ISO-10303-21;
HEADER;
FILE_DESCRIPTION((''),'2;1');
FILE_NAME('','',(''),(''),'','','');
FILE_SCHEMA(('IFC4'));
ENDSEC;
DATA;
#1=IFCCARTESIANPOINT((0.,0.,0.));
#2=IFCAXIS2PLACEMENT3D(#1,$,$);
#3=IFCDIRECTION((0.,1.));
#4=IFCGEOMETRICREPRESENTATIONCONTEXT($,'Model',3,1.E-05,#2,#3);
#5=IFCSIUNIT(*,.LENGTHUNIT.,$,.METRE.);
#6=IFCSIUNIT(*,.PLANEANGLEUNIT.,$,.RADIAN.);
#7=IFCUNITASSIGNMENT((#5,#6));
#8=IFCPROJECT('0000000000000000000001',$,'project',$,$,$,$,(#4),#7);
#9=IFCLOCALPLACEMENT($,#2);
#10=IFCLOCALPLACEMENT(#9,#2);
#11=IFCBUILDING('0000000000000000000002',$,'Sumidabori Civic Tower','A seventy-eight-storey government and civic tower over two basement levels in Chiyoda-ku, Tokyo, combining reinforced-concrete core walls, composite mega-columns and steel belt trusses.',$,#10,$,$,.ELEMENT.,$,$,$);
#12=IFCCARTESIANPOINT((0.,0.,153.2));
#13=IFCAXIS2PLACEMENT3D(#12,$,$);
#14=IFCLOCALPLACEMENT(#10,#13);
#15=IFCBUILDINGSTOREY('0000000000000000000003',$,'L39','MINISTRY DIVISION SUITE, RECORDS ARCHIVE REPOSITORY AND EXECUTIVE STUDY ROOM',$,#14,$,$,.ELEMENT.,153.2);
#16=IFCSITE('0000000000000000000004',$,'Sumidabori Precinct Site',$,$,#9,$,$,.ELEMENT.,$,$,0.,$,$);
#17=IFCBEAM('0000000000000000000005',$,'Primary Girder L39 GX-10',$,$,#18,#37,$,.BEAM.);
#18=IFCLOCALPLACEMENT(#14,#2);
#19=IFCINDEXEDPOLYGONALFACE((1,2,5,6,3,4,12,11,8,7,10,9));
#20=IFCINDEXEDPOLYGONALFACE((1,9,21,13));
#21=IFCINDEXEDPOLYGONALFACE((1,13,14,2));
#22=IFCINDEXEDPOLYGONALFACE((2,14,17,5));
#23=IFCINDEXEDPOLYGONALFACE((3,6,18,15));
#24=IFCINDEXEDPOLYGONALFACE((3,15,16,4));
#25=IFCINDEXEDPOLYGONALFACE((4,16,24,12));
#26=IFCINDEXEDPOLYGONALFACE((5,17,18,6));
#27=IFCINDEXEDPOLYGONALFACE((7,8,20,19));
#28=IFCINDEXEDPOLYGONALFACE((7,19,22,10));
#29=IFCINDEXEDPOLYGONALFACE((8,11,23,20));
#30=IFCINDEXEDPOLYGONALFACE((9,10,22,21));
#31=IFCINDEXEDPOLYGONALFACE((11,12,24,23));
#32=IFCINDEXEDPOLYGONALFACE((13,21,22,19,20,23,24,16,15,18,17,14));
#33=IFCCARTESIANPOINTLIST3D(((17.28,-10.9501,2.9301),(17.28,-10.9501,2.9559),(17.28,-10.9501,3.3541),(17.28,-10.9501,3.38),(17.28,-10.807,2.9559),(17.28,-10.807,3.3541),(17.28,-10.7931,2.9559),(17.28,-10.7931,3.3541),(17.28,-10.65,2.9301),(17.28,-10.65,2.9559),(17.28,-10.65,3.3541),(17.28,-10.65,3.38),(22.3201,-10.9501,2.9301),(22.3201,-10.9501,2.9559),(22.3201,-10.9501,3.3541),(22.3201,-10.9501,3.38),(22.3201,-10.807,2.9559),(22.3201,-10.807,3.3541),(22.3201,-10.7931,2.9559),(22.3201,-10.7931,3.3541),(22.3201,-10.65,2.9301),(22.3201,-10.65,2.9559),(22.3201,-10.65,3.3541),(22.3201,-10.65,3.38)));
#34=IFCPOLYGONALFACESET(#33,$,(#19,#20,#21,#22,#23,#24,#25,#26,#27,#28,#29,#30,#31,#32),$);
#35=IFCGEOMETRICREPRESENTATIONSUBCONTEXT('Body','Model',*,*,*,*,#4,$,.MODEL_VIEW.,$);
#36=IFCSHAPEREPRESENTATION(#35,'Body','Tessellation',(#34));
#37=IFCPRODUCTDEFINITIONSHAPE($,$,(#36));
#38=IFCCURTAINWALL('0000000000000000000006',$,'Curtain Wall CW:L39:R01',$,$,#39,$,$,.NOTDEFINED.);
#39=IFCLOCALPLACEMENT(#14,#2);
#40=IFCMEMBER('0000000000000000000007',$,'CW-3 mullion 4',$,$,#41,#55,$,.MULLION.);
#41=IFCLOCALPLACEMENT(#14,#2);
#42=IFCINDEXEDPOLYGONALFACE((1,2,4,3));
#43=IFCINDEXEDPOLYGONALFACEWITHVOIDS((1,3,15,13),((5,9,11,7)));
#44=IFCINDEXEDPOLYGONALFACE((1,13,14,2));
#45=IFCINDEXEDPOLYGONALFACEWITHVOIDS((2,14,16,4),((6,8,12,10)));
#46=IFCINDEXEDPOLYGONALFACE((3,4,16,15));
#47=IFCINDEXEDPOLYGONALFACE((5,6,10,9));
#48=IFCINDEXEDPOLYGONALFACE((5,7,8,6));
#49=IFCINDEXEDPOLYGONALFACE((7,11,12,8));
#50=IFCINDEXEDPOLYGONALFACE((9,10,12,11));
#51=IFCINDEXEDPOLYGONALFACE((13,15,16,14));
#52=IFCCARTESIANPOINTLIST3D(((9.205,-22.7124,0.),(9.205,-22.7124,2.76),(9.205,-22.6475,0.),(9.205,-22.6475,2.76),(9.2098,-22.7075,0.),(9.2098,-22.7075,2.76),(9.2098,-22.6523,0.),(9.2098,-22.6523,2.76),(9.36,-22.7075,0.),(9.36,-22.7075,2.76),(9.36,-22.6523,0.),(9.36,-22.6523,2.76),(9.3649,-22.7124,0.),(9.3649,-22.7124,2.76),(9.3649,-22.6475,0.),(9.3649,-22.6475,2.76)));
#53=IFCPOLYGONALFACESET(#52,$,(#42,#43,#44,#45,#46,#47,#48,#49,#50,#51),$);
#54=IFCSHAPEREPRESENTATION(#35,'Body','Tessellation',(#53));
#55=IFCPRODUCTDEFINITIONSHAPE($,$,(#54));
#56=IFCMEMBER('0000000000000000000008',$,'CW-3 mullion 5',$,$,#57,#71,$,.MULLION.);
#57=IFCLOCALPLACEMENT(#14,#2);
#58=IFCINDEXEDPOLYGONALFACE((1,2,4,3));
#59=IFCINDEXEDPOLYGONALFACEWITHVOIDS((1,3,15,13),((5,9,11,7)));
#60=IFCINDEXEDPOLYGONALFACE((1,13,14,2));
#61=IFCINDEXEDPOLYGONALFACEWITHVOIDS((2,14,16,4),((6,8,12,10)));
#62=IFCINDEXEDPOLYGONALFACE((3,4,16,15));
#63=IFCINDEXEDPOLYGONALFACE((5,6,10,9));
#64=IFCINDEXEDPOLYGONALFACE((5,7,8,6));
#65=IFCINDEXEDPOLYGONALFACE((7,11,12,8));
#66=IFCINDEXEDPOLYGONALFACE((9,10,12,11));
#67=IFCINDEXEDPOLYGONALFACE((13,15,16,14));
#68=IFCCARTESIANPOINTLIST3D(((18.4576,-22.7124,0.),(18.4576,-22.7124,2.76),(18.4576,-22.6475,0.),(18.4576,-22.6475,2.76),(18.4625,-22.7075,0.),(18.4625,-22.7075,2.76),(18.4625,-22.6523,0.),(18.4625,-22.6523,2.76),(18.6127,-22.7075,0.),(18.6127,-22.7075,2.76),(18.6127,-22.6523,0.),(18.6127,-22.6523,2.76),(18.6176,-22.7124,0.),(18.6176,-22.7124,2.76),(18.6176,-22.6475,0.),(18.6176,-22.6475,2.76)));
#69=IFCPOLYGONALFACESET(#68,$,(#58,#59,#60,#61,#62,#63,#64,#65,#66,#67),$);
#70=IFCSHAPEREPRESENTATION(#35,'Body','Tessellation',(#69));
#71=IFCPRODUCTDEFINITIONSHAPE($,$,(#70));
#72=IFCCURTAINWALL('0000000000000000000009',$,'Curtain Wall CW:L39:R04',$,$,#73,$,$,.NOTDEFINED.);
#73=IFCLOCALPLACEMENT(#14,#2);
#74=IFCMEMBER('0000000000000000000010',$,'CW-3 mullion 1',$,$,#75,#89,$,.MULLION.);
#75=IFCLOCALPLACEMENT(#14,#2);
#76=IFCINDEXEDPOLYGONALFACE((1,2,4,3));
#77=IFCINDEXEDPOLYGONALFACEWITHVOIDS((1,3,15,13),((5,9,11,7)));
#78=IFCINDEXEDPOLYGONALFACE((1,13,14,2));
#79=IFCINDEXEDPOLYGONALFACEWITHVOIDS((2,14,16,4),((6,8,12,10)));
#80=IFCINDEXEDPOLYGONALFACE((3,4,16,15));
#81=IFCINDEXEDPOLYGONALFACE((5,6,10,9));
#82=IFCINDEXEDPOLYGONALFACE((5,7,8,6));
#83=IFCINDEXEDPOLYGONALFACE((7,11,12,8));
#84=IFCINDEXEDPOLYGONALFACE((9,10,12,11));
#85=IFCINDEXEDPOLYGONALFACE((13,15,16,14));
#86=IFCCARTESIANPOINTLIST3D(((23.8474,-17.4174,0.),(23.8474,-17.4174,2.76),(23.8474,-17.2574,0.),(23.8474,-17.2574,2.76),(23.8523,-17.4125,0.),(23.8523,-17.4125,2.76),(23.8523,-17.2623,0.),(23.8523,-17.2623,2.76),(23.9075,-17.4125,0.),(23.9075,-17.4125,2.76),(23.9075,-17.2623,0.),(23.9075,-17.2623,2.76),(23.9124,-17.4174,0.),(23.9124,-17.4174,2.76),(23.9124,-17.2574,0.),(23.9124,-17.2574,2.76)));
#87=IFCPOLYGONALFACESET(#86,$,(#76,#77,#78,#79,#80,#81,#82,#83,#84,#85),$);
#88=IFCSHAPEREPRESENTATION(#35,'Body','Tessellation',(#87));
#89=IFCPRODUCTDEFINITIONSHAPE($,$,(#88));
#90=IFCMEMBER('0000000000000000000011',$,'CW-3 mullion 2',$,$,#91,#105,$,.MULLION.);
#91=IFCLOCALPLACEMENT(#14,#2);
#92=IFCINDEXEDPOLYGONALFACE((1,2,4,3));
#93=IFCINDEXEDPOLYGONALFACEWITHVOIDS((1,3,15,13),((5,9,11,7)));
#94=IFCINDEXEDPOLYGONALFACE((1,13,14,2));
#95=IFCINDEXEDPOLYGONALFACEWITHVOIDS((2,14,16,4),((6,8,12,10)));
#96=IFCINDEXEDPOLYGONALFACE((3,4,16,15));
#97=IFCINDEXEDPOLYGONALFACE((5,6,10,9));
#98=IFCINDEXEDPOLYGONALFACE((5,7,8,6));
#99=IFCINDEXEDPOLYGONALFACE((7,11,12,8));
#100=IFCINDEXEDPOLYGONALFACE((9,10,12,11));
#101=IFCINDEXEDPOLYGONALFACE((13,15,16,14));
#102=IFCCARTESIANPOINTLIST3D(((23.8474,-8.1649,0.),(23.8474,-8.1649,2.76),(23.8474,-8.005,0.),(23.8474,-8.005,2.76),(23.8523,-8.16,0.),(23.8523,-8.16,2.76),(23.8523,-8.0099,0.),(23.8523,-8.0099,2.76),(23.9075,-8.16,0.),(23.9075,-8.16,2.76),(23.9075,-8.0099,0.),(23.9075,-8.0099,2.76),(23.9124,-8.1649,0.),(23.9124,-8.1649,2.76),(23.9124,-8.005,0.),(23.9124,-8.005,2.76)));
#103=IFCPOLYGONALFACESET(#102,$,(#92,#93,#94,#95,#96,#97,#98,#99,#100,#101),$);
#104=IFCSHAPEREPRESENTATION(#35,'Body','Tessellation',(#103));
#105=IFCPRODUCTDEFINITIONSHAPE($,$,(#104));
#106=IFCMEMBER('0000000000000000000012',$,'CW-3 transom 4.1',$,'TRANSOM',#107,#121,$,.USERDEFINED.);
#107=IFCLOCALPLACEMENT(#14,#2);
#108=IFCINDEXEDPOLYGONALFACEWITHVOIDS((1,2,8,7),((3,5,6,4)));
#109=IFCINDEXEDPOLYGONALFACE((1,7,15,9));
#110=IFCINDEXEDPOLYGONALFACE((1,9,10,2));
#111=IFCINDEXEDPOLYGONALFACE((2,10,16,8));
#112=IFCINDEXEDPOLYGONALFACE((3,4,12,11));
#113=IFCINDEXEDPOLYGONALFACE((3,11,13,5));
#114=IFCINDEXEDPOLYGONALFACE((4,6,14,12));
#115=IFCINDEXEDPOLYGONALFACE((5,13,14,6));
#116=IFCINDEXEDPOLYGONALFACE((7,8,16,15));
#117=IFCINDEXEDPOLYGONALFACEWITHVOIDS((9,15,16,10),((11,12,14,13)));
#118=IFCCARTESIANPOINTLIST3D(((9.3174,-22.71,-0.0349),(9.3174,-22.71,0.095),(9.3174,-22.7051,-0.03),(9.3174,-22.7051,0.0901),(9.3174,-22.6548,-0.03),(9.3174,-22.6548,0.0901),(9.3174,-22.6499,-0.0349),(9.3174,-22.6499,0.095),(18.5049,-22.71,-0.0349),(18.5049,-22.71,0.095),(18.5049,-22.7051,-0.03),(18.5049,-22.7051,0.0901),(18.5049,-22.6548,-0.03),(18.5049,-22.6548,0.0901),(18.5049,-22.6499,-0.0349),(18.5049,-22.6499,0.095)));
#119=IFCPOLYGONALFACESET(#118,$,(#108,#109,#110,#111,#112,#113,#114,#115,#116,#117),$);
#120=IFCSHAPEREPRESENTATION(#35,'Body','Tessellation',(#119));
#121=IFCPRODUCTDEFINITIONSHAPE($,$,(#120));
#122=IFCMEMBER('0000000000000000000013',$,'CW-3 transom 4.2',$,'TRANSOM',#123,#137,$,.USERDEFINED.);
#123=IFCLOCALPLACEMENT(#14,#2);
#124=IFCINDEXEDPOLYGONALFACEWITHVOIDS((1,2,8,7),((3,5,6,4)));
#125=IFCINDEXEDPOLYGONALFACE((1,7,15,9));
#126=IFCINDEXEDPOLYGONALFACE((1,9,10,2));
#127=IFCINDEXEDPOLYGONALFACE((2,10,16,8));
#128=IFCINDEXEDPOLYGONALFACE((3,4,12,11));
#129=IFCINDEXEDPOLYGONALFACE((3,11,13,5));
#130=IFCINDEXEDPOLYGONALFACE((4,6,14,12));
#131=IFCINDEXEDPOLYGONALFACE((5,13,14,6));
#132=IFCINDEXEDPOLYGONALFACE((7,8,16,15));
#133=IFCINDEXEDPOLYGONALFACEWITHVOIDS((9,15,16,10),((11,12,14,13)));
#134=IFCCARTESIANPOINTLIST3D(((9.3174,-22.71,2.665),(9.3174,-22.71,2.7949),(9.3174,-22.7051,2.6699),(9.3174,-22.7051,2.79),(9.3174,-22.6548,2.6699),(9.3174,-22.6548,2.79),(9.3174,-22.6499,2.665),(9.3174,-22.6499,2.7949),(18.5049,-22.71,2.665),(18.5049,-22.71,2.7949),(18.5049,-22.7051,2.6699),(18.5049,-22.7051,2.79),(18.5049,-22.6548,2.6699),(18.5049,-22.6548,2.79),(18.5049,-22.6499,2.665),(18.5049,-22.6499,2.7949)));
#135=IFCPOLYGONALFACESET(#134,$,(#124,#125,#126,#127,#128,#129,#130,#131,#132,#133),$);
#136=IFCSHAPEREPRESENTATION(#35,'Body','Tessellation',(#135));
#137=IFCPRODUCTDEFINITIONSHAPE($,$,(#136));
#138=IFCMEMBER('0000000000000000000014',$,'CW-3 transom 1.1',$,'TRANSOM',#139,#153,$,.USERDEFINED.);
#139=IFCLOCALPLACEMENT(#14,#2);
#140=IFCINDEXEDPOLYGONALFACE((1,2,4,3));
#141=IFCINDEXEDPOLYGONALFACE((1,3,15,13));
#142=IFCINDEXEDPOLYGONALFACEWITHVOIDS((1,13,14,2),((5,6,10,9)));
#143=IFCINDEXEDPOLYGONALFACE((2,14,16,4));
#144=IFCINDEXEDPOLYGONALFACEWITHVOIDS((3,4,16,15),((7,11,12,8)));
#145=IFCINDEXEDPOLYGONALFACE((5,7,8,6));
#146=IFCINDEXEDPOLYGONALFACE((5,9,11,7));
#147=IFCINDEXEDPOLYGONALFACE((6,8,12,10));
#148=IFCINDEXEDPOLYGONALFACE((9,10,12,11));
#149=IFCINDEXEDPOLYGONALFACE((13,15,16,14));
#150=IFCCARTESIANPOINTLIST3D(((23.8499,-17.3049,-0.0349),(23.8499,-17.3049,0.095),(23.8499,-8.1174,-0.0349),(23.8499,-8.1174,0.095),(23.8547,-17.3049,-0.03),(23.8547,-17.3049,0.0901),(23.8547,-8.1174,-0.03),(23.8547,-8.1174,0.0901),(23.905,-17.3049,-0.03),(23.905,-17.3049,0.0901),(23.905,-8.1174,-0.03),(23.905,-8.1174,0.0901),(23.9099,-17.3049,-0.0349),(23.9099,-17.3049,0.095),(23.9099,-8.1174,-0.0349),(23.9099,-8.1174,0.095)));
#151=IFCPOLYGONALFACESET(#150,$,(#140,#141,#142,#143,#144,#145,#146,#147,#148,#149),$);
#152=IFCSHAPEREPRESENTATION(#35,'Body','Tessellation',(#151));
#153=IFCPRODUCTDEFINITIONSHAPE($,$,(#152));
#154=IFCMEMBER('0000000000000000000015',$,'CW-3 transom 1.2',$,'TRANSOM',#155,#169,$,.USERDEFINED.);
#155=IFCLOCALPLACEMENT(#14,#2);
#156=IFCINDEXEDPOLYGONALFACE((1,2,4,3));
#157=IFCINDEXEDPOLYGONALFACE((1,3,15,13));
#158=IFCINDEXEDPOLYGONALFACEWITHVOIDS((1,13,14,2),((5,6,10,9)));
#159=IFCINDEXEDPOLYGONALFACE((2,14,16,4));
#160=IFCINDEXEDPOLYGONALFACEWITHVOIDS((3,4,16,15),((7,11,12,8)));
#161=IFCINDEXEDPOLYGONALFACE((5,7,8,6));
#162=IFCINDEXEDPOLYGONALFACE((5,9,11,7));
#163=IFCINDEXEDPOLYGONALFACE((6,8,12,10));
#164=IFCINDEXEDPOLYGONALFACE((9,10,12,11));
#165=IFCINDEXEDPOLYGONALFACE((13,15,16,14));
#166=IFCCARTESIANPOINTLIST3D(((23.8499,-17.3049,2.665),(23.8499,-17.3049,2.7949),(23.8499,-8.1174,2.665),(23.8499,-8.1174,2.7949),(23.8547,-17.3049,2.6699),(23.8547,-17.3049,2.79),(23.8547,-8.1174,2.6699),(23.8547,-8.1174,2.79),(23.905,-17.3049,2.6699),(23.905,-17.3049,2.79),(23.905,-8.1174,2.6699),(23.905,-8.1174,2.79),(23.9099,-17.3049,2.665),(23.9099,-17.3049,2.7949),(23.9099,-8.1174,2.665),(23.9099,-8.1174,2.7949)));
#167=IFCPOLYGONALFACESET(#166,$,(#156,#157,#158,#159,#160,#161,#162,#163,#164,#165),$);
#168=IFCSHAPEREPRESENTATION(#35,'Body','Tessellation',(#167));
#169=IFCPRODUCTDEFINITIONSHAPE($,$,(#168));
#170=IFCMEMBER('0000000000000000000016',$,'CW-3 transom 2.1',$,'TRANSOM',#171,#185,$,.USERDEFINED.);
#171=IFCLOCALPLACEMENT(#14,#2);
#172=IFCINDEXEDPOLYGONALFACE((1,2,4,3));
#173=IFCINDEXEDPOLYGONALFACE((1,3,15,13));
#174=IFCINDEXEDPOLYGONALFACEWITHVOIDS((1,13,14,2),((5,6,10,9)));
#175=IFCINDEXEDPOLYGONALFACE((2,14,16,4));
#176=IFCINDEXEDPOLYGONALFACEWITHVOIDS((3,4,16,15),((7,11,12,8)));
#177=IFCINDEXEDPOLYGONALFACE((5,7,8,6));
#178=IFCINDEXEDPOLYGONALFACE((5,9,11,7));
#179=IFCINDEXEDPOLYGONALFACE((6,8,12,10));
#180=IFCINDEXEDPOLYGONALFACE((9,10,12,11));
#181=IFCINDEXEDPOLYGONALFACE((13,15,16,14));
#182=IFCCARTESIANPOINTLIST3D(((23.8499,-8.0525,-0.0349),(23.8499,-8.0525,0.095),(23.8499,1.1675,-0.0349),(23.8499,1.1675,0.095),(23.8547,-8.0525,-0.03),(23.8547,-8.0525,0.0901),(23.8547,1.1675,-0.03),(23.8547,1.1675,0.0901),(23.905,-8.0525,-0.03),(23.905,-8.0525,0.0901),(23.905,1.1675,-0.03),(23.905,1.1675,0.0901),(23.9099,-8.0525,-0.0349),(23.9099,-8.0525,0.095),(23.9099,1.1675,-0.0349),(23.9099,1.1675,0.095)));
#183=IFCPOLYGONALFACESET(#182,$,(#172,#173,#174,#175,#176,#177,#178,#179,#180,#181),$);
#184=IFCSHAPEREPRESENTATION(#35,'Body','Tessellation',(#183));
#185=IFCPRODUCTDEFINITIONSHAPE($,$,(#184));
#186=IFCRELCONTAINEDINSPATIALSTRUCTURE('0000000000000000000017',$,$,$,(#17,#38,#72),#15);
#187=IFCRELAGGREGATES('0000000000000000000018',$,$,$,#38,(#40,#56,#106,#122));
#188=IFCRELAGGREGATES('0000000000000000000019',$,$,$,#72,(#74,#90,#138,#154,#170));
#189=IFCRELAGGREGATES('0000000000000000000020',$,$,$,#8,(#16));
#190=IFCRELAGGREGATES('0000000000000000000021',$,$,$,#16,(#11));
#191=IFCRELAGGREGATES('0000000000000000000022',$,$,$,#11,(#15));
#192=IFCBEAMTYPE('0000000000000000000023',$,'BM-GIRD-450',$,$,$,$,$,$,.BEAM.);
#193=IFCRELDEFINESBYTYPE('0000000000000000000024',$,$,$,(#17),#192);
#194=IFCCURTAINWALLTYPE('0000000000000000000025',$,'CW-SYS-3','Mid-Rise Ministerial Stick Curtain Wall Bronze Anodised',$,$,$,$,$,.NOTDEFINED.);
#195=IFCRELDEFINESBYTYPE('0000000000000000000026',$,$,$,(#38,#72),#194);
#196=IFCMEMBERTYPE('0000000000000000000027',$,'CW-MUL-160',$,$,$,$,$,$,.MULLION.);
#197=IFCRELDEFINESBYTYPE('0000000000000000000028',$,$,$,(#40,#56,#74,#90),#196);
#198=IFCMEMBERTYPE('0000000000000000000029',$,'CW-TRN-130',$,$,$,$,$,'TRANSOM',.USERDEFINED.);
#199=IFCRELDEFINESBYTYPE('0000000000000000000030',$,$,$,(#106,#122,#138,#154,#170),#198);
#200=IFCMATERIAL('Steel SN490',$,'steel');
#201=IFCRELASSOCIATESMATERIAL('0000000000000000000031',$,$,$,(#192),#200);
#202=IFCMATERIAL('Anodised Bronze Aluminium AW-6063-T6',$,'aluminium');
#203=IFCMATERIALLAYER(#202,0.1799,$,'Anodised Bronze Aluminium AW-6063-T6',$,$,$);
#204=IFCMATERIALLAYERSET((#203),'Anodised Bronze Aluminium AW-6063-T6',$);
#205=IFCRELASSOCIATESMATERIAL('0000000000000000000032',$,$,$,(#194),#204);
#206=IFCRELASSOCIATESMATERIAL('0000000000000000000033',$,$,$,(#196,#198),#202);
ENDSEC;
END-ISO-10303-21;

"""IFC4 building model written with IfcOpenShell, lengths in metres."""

from ifc_helpers import new_model, si_unit, direction, frame, origin, origin_2d, place, context, subcontext, project, spatial, hollow_rectangle, i_section, extrude, source, transform, mapped, material, layer, layer_set, material_profile, profile_set, type_object, element, aggregate, save


model = new_model("IFC4")

# Units and contexts
model_context = context("Model", 3, precision=1e-05, world=origin(), true_north=direction((0.0, 1.0)))
body_context = subcontext(model_context, "Body", "Model", "MODEL_VIEW")
ifc_project = project(units=[si_unit("LENGTHUNIT", "METRE"), si_unit("PLANEANGLEUNIT", "RADIAN")], contexts=[model_context])

# Site, building, storey
site_placement = place(None, origin())
site = spatial("IfcSite", under=ifc_project, at=site_placement, Name="Sumidabori Precinct Site", CompositionType="ELEMENT", RefElevation=0.0)
building_placement = place(site_placement, origin())
building = spatial("IfcBuilding", under=site, at=building_placement, Name="Sumidabori Civic Tower", Description="A seventy-eight-storey government and civic tower over two basement levels in Chiyoda-ku, Tokyo, combining reinforced-concrete core walls, composite mega-columns and steel belt trusses.", CompositionType="ELEMENT")
storey_placement = place(building_placement, frame((0.0, 0.0, 153.2)))
storey = spatial("IfcBuildingStorey", under=building, at=storey_placement, Name="L39", Description="MINISTRY DIVISION SUITE, RECORDS ARCHIVE REPOSITORY AND EXECUTIVE STUDY ROOM", CompositionType="ELEMENT", Elevation=153.2)

# Beam
ifc_material_1 = material(Name="Steel SN490", Category="steel")
ifc_material_profile_1 = material_profile(ifc_material_1, i_section(OverallWidth=0.3, OverallDepth=0.45, WebThickness=0.0139, FlangeThickness=0.0259, at=origin_2d()), Name="HE 450 B")
ifc_profile_set_1 = profile_set([ifc_material_profile_1], Name="Steel SN490")
beam_type_1 = type_object("IfcBeamType", Name="BM-GIRD-450", PredefinedType="BEAM", material=ifc_profile_set_1)
shared_shape_1 = source(origin(), body_context, "Body", "SweptSolid", [
    extrude(i_section(OverallWidth=0.3, OverallDepth=0.45, WebThickness=0.0139, FlangeThickness=0.0259, at=origin_2d()), origin(), (0.0, 0.0, 1.0), 5.04),
])
beam_1_placement = place(storey_placement, frame((17.28, -10.8, 3.155), z_axis=(1.0, 0.0, 0.0), x_axis=(0.0, 1.0, 0.0)))
element("IfcBeam", 1, at=beam_1_placement, inside=storey, type_object=beam_type_1, Name="Primary Girder L39 GX-10", PredefinedType="BEAM", context=body_context, shape_type="MappedRepresentation", body=[
    mapped(shared_shape_1, transform((0.0, 0.0, 0.0), x_axis=(1.0, 0.0, 0.0), y_axis=(0.0, 1.0, 0.0), z_axis=(0.0, 0.0, 1.0), scale=1.0)),
])

# Curtain walls, members
ifc_material_2 = material(Name="Anodised Bronze Aluminium AW-6063-T6", Category="aluminium")
ifc_layer_1 = layer(ifc_material_2, 0.1799, Name="Anodised Bronze Aluminium AW-6063-T6")
ifc_layer_set_1 = layer_set([ifc_layer_1], Name="Anodised Bronze Aluminium AW-6063-T6")
curtain_wall_type = type_object("IfcCurtainWallType", Name="CW-SYS-3", Description="Mid-Rise Ministerial Stick Curtain Wall Bronze Anodised", PredefinedType="NOTDEFINED", material=ifc_layer_set_1)
curtain_wall_1_placement = place(storey_placement, origin())
curtain_wall_1 = element("IfcCurtainWall", 2, at=curtain_wall_1_placement, inside=storey, type_object=curtain_wall_type, Name="Curtain Wall CW:L39:R01", PredefinedType="NOTDEFINED")
ifc_material_profile_2 = material_profile(ifc_material_2, hollow_rectangle(XDim=0.0649, YDim=0.1599, WallThickness=0.0049, at=origin_2d()), Name="ALU MULLION 160x65")
ifc_profile_set_2 = profile_set([ifc_material_profile_2], Name="Anodised Bronze Aluminium AW-6063-T6")
member_type_1 = type_object("IfcMemberType", Name="CW-MUL-160", PredefinedType="MULLION", material=ifc_profile_set_2)
shared_shape_2 = source(origin(), body_context, "Body", "SweptSolid", [
    extrude(hollow_rectangle(XDim=0.0649, YDim=0.1599, WallThickness=0.0049, at=origin_2d()), origin(), (0.0, 0.0, 1.0), 2.76),
])
member_1_placement = place(storey_placement, frame((9.2849, -22.6799, 0.0), z_axis=(0.0, 0.0, 1.0), x_axis=(0.0, 1.0, 0.0)))
member_1 = element("IfcMember", 3, at=member_1_placement, type_object=member_type_1, Name="CW-3 mullion 4", PredefinedType="MULLION", context=body_context, shape_type="MappedRepresentation", body=[
    mapped(shared_shape_2, transform((0.0, 0.0, 0.0), x_axis=(1.0, 0.0, 0.0), y_axis=(0.0, 1.0, 0.0), z_axis=(0.0, 0.0, 1.0), scale=1.0)),
])
member_2_placement = place(storey_placement, frame((18.5376, -22.6799, 0.0), z_axis=(0.0, 0.0, 1.0), x_axis=(0.0, 1.0, 0.0)))
member_2 = element("IfcMember", 4, at=member_2_placement, type_object=member_type_1, Name="CW-3 mullion 5", PredefinedType="MULLION", context=body_context, shape_type="MappedRepresentation", body=[
    mapped(shared_shape_2, transform((0.0, 0.0, 0.0), x_axis=(1.0, 0.0, 0.0), y_axis=(0.0, 1.0, 0.0), z_axis=(0.0, 0.0, 1.0), scale=1.0)),
])
curtain_wall_2_placement = place(storey_placement, origin())
curtain_wall_2 = element("IfcCurtainWall", 5, at=curtain_wall_2_placement, inside=storey, type_object=curtain_wall_type, Name="Curtain Wall CW:L39:R04", PredefinedType="NOTDEFINED")
member_3_placement = place(storey_placement, frame((23.8799, -17.3374, 0.0), z_axis=(0.0, 0.0, 1.0), x_axis=(-1.0, 0.0, 0.0)))
member_3 = element("IfcMember", 6, at=member_3_placement, type_object=member_type_1, Name="CW-3 mullion 1", PredefinedType="MULLION", context=body_context, shape_type="MappedRepresentation", body=[
    mapped(shared_shape_2, transform((0.0, 0.0, 0.0), x_axis=(1.0, 0.0, 0.0), y_axis=(0.0, 1.0, 0.0), z_axis=(0.0, 0.0, 1.0), scale=1.0)),
])
member_4_placement = place(storey_placement, frame((23.8799, -8.085, 0.0), z_axis=(0.0, 0.0, 1.0), x_axis=(-1.0, 0.0, 0.0)))
member_4 = element("IfcMember", 7, at=member_4_placement, type_object=member_type_1, Name="CW-3 mullion 2", PredefinedType="MULLION", context=body_context, shape_type="MappedRepresentation", body=[
    mapped(shared_shape_2, transform((0.0, 0.0, 0.0), x_axis=(1.0, 0.0, 0.0), y_axis=(0.0, 1.0, 0.0), z_axis=(0.0, 0.0, 1.0), scale=1.0)),
])

# Members
ifc_material_profile_3 = material_profile(ifc_material_2, hollow_rectangle(XDim=0.0601, YDim=0.1299, WallThickness=0.0049, at=origin_2d()), Name="ALU TRANSOM 130x60")
ifc_profile_set_3 = profile_set([ifc_material_profile_3], Name="Anodised Bronze Aluminium AW-6063-T6")
member_type_2 = type_object("IfcMemberType", Name="CW-TRN-130", ElementType="TRANSOM", PredefinedType="USERDEFINED", material=ifc_profile_set_3)
shared_shape_3 = source(origin(), body_context, "Body", "SweptSolid", [
    extrude(hollow_rectangle(XDim=0.0601, YDim=0.1299, WallThickness=0.0049, at=origin_2d()), origin(), (0.0, 0.0, 1.0), 9.1875),
])
member_5_placement = place(storey_placement, frame((9.3174, -22.6799, 0.03), z_axis=(1.0, 0.0, 0.0), x_axis=(0.0, 1.0, 0.0)))
member_5 = element("IfcMember", 8, at=member_5_placement, type_object=member_type_2, Name="CW-3 transom 4.1", ObjectType="TRANSOM", PredefinedType="USERDEFINED", context=body_context, shape_type="MappedRepresentation", body=[
    mapped(shared_shape_3, transform((0.0, 0.0, 0.0), x_axis=(1.0, 0.0, 0.0), y_axis=(0.0, 1.0, 0.0), z_axis=(0.0, 0.0, 1.0), scale=1.0)),
])
member_6_placement = place(storey_placement, frame((9.3174, -22.6799, 2.73), z_axis=(1.0, 0.0, 0.0), x_axis=(0.0, 1.0, 0.0)))
member_6 = element("IfcMember", 9, at=member_6_placement, type_object=member_type_2, Name="CW-3 transom 4.2", ObjectType="TRANSOM", PredefinedType="USERDEFINED", context=body_context, shape_type="MappedRepresentation", body=[
    mapped(shared_shape_3, transform((0.0, 0.0, 0.0), x_axis=(1.0, 0.0, 0.0), y_axis=(0.0, 1.0, 0.0), z_axis=(0.0, 0.0, 1.0), scale=1.0)),
])
member_7_placement = place(storey_placement, frame((23.8799, -17.3049, 0.03), z_axis=(0.0, 1.0, 0.0), x_axis=(-1.0, 0.0, 0.0)))
member_7 = element("IfcMember", 10, at=member_7_placement, type_object=member_type_2, Name="CW-3 transom 1.1", ObjectType="TRANSOM", PredefinedType="USERDEFINED", context=body_context, shape_type="MappedRepresentation", body=[
    mapped(shared_shape_3, transform((0.0, 0.0, 0.0), x_axis=(1.0, 0.0, 0.0), y_axis=(0.0, 1.0, 0.0), z_axis=(0.0, 0.0, 1.0), scale=1.0)),
])
member_8_placement = place(storey_placement, frame((23.8799, -17.3049, 2.73), z_axis=(0.0, 1.0, 0.0), x_axis=(-1.0, 0.0, 0.0)))
member_8 = element("IfcMember", 11, at=member_8_placement, type_object=member_type_2, Name="CW-3 transom 1.2", ObjectType="TRANSOM", PredefinedType="USERDEFINED", context=body_context, shape_type="MappedRepresentation", body=[
    mapped(shared_shape_3, transform((0.0, 0.0, 0.0), x_axis=(1.0, 0.0, 0.0), y_axis=(0.0, 1.0, 0.0), z_axis=(0.0, 0.0, 1.0), scale=1.0)),
])
shared_shape_4 = source(origin(), body_context, "Body", "SweptSolid", [
    extrude(hollow_rectangle(XDim=0.0601, YDim=0.1299, WallThickness=0.0049, at=origin_2d()), origin(), (0.0, 0.0, 1.0), 9.22),
])
member_9_placement = place(storey_placement, frame((23.8799, -8.0525, 0.03), z_axis=(0.0, 1.0, 0.0), x_axis=(-1.0, 0.0, 0.0)))
member_9 = element("IfcMember", 12, at=member_9_placement, type_object=member_type_2, Name="CW-3 transom 2.1", ObjectType="TRANSOM", PredefinedType="USERDEFINED", context=body_context, shape_type="MappedRepresentation", body=[
    mapped(shared_shape_4, transform((0.0, 0.0, 0.0), x_axis=(1.0, 0.0, 0.0), y_axis=(0.0, 1.0, 0.0), z_axis=(0.0, 0.0, 1.0), scale=1.0)),
])

aggregate(curtain_wall_1, [member_1, member_2, member_5, member_6])
aggregate(curtain_wall_2, [member_3, member_4, member_7, member_8, member_9])

save(model, "model.ifc")
